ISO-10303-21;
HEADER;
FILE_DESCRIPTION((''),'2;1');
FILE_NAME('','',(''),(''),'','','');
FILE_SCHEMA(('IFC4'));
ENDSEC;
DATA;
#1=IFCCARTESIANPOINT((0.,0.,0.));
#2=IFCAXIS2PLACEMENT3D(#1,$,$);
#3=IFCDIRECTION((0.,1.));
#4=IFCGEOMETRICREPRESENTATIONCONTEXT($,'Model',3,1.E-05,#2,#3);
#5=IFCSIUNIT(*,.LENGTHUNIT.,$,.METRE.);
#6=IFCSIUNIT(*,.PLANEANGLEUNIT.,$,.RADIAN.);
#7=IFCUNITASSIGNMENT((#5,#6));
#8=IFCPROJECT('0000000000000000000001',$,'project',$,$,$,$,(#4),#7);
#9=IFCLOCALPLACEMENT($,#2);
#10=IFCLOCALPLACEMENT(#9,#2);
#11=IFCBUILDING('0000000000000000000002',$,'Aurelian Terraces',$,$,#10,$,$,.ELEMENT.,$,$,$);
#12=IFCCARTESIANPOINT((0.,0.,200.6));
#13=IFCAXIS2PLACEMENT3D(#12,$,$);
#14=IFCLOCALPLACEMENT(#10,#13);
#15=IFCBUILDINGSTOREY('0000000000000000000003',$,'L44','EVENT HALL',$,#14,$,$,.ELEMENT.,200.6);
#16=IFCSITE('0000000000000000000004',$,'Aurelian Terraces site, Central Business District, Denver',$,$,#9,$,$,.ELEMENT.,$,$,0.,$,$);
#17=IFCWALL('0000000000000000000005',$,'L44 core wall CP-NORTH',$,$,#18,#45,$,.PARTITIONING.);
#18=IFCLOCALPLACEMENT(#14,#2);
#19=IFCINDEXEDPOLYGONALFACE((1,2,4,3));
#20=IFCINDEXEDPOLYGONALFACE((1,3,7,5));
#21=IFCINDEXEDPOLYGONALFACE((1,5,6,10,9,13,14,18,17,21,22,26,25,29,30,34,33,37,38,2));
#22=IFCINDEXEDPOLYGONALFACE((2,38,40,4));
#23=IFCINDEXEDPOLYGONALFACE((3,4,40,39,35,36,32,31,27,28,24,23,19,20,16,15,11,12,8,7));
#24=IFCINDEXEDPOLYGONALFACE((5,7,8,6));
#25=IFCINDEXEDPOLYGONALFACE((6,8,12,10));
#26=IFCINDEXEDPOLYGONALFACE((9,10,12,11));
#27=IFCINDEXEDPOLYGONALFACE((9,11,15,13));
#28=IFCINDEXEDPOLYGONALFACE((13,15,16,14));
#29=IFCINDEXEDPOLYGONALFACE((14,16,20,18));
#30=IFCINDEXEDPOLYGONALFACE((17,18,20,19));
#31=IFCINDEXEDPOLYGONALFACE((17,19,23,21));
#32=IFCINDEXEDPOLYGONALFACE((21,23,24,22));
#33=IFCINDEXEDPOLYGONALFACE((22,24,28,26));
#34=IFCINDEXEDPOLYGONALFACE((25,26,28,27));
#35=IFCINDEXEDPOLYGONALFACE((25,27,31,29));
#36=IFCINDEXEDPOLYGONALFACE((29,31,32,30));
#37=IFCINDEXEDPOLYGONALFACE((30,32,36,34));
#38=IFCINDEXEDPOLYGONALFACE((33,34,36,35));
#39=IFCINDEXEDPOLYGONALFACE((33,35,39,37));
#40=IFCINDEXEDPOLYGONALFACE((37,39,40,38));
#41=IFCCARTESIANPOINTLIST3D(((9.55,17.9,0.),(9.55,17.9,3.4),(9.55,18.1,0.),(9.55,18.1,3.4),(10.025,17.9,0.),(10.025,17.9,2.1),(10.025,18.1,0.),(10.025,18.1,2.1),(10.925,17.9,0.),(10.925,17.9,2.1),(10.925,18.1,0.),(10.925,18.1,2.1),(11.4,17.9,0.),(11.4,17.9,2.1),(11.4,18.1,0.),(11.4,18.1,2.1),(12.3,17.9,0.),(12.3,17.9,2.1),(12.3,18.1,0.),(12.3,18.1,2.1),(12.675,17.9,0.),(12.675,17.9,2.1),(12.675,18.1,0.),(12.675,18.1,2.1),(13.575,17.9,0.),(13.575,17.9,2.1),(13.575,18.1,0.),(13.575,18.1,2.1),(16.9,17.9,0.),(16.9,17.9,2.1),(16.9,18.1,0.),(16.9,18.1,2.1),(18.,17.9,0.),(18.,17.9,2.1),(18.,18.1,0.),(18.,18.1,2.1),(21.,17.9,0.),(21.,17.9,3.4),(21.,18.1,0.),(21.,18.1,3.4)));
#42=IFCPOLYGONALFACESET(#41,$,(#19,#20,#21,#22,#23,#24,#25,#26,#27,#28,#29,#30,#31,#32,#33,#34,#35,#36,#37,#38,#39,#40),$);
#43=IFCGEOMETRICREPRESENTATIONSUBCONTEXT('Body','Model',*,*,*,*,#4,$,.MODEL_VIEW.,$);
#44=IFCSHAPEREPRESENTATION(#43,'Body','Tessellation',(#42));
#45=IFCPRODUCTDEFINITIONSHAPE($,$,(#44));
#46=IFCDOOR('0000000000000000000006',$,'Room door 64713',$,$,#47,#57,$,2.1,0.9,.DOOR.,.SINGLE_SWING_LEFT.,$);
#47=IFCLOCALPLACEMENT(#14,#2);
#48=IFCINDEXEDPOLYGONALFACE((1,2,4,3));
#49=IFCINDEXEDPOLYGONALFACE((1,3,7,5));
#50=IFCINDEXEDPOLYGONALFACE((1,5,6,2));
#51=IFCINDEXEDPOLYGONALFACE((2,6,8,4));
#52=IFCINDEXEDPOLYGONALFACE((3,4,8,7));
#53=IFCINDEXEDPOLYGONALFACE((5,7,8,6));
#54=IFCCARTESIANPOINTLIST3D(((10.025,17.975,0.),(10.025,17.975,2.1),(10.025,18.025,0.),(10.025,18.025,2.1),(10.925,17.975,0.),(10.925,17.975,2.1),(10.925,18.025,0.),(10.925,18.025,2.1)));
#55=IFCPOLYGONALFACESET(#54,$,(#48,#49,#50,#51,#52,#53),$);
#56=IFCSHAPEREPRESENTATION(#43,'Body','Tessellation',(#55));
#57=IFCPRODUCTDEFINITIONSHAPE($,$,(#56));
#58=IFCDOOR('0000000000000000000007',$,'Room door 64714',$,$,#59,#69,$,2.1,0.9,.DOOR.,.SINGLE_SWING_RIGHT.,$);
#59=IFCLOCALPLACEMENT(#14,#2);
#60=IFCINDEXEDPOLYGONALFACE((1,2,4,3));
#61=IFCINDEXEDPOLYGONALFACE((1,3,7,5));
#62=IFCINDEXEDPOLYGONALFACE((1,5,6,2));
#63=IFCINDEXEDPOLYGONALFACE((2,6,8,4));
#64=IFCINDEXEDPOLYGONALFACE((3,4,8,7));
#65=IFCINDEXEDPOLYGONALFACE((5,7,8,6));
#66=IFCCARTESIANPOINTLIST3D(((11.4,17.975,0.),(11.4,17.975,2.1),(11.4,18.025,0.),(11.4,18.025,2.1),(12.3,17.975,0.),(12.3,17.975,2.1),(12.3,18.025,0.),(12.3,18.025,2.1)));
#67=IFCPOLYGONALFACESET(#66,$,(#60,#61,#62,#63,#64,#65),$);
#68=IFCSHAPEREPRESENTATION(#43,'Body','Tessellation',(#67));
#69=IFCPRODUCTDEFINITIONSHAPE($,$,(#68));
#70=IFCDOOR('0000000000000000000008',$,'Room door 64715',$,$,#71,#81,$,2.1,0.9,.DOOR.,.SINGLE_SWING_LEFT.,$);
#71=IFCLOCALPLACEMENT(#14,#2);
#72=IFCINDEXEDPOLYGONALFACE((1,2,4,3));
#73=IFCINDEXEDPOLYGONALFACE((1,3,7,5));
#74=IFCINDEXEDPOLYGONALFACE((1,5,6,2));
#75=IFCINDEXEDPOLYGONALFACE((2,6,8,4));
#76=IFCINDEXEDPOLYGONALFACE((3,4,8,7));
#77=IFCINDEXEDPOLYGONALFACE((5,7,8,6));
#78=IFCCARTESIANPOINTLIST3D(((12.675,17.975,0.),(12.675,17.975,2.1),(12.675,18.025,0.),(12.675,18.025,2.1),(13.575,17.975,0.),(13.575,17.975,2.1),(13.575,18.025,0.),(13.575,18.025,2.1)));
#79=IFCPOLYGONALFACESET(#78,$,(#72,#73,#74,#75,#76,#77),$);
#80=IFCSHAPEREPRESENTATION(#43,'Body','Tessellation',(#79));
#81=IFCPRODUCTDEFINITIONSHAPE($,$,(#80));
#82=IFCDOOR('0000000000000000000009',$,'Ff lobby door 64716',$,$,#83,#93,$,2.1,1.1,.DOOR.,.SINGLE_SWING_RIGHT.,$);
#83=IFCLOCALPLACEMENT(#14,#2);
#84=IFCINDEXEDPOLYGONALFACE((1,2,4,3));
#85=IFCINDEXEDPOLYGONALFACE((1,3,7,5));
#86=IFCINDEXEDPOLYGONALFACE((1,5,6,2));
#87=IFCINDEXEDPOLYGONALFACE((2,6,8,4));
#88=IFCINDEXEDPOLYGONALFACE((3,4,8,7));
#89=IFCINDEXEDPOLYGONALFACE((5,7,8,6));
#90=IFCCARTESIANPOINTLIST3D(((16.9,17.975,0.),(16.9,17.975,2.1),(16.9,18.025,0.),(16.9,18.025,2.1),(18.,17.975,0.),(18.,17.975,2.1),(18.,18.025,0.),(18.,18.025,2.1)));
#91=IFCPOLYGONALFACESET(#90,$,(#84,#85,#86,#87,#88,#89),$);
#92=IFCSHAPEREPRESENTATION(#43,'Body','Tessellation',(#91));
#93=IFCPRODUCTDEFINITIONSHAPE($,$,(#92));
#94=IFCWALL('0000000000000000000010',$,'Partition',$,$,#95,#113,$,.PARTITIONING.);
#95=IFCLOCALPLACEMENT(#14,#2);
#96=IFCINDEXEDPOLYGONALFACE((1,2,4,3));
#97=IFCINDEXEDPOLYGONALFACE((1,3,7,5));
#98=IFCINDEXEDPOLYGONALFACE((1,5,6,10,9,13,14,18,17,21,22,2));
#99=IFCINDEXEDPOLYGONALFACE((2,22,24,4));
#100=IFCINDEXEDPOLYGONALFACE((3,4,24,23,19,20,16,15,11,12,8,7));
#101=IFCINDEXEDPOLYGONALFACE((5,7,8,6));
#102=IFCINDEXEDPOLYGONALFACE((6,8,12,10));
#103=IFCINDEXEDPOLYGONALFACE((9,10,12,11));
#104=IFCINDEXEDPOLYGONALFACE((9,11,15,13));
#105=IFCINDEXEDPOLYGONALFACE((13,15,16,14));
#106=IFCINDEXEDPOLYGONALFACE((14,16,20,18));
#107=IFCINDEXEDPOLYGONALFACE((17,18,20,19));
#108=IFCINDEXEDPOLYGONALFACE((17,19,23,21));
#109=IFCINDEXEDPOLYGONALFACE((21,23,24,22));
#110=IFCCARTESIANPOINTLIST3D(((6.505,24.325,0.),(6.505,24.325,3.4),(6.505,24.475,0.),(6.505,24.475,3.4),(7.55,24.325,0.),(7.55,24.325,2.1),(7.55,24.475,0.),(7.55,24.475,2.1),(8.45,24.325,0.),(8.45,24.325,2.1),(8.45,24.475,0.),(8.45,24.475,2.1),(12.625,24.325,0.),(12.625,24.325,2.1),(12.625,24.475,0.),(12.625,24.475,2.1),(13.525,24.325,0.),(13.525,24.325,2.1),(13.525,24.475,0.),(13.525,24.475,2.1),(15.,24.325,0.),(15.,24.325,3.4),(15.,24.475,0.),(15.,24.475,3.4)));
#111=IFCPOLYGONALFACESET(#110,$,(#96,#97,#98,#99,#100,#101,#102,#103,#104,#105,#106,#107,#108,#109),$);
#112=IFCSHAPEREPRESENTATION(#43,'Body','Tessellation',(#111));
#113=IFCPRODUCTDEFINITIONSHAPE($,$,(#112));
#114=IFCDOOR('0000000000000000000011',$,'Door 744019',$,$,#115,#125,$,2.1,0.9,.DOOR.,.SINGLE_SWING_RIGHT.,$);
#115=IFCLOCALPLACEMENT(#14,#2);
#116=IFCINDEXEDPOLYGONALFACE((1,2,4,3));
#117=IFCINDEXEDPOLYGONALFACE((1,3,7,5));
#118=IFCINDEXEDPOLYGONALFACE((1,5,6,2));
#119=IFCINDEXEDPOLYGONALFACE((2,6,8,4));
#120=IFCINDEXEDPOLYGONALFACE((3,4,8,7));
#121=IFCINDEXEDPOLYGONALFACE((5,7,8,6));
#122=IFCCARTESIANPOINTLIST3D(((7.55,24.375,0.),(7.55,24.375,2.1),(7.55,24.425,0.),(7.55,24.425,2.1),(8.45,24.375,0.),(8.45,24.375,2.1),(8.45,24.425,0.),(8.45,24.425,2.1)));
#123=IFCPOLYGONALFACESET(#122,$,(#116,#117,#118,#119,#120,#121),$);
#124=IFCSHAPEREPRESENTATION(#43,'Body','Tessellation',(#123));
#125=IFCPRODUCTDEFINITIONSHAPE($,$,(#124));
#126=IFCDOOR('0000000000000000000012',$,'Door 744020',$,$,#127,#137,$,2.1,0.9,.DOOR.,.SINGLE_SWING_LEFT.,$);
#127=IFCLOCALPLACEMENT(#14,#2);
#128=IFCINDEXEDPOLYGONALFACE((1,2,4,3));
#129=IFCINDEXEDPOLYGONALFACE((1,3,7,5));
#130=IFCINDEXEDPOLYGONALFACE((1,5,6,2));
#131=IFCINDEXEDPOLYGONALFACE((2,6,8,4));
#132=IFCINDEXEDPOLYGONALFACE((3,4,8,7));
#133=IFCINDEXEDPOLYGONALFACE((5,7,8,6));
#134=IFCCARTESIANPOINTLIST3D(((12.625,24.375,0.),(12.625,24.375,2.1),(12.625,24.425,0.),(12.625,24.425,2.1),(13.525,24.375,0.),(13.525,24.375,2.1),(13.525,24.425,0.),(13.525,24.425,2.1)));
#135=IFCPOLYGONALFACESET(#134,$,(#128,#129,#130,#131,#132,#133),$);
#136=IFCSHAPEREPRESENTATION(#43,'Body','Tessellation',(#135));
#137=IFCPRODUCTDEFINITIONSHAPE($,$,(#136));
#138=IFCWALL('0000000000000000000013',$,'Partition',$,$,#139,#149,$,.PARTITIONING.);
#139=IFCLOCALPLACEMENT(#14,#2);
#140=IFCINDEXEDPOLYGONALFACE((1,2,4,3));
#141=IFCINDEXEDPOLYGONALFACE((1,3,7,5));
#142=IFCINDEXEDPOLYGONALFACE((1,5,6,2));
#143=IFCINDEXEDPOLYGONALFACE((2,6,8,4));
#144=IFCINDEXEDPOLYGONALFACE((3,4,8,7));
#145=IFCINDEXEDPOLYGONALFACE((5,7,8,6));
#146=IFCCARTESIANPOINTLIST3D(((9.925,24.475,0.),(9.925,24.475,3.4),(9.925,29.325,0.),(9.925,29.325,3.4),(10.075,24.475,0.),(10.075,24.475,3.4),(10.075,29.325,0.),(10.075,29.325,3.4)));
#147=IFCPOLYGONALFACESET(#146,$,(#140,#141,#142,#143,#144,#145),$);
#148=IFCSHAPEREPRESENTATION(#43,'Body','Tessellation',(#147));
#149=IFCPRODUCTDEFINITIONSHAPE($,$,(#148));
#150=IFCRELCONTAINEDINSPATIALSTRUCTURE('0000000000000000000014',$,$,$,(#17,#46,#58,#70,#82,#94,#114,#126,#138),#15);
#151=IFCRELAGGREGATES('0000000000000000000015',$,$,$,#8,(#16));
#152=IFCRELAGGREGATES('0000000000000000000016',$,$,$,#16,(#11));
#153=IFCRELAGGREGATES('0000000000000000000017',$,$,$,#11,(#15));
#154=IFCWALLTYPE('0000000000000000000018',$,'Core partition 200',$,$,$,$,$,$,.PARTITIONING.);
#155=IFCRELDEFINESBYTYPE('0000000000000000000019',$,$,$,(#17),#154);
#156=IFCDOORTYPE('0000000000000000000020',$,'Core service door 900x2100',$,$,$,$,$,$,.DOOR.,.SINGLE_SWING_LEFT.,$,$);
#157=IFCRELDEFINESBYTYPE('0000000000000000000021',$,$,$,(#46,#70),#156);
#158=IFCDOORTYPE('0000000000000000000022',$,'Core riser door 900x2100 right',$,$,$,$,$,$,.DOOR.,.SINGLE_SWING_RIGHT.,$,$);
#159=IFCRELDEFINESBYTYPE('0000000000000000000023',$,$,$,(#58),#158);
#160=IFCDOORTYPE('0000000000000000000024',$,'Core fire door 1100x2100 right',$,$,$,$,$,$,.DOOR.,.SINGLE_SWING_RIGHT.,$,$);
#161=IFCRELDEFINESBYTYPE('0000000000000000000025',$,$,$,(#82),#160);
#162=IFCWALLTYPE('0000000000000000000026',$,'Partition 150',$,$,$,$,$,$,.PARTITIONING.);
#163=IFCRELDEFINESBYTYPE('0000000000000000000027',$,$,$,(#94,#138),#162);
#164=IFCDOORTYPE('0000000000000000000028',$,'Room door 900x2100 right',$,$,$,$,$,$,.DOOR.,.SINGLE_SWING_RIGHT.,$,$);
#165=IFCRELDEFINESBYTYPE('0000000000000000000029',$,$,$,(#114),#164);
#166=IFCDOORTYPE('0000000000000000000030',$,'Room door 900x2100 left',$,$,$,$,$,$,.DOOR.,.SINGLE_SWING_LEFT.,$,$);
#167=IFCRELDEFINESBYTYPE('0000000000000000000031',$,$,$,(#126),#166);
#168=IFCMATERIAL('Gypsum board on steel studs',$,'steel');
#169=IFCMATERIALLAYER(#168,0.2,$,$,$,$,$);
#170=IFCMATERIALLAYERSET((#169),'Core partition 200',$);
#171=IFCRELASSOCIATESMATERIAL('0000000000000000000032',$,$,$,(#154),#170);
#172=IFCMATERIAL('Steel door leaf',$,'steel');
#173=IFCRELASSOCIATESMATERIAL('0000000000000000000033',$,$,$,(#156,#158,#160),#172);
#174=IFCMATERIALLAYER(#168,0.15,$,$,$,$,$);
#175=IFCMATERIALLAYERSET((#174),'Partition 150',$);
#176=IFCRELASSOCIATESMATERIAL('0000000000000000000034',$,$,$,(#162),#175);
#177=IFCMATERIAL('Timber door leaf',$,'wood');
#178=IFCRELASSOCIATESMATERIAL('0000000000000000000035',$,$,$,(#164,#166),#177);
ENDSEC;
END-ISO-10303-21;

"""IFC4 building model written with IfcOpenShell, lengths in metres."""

from ifc_helpers import new_model, si_unit, direction, frame, frame_2d, origin, place, context, subcontext, project, spatial, rectangle, extrude, source, transform, mapped, material, layer, layer_set, type_object, element, fill, save


model = new_model("IFC4")

# Units and contexts
model_context = context("Model", 3, precision=1e-05, world=origin(), true_north=direction((0.0, 1.0)))
body_context = subcontext(model_context, "Body", "Model", "MODEL_VIEW")
ifc_project = project(units=[si_unit("LENGTHUNIT", "METRE"), si_unit("PLANEANGLEUNIT", "RADIAN")], contexts=[model_context])

# Site, building, storey
site_placement = place(None, origin())
site = spatial("IfcSite", under=ifc_project, at=site_placement, Name="Aurelian Terraces site, Central Business District, Denver", CompositionType="ELEMENT", RefElevation=0.0)
building_placement = place(site_placement, origin())
building = spatial("IfcBuilding", under=site, at=building_placement, Name="Aurelian Terraces", CompositionType="ELEMENT")
storey_placement = place(building_placement, frame((0.0, 0.0, 200.6)))
storey = spatial("IfcBuildingStorey", under=building, at=storey_placement, Name="L44", Description="EVENT HALL", CompositionType="ELEMENT", Elevation=200.6)

# Shared definitions
ifc_material_1 = material(Name="Steel door leaf", Category="steel")

# Walls, openings, doors
ifc_material_2 = material(Name="Gypsum board on steel studs", Category="steel")
ifc_layer_1 = layer(ifc_material_2, 0.2)
ifc_layer_set_1 = layer_set([ifc_layer_1], Name="Core partition 200")
wall_type_1 = type_object("IfcWallType", Name="Core partition 200", PredefinedType="PARTITIONING", material=ifc_layer_set_1)
shared_shape_1 = source(origin(), body_context, "Body", "SweptSolid", [
    extrude(rectangle(XDim=11.45, YDim=0.2, at=frame_2d((5.725, 0.0))), origin(), (0.0, 0.0, 1.0), 3.4),
])
wall_1_placement = place(storey_placement, frame((9.55, 18.0, 0.0), z_axis=(0.0, 0.0, 1.0), x_axis=(1.0, 0.0, 0.0)))
wall_1 = element("IfcWall", 1, at=wall_1_placement, inside=storey, type_object=wall_type_1, Name="L44 core wall CP-NORTH", PredefinedType="PARTITIONING", context=body_context, shape_type="MappedRepresentation", body=[
    mapped(shared_shape_1, transform((0.0, 0.0, 0.0), scale=1.0)),
])
shared_shape_2 = source(origin(), body_context, "Body", "SweptSolid", [
    extrude(rectangle(XDim=0.9, YDim=2.1, at=frame_2d((0.45, 1.05))), frame((0.0, 0.11, 0.0), z_axis=(0.0, -1.0, 0.0), x_axis=(1.0, 0.0, 0.0)), (0.0, 0.0, 1.0), 0.22),
])
opening_1_placement = place(wall_1_placement, frame((0.475, 0.0, 0.0)))
opening_1 = element("IfcOpeningElement", 2, at=opening_1_placement, cuts=wall_1, PredefinedType="OPENING", context=body_context, shape_type="MappedRepresentation", body=[
    mapped(shared_shape_2, transform((0.0, 0.0, 0.0), scale=1.0)),
])
opening_2_placement = place(wall_1_placement, frame((1.85, 0.0, 0.0)))
opening_2 = element("IfcOpeningElement", 3, at=opening_2_placement, cuts=wall_1, PredefinedType="OPENING", context=body_context, shape_type="MappedRepresentation", body=[
    mapped(shared_shape_2, transform((0.0, 0.0, 0.0), scale=1.0)),
])
opening_3_placement = place(wall_1_placement, frame((3.125, 0.0, 0.0)))
opening_3 = element("IfcOpeningElement", 4, at=opening_3_placement, cuts=wall_1, PredefinedType="OPENING", context=body_context, shape_type="MappedRepresentation", body=[
    mapped(shared_shape_2, transform((0.0, 0.0, 0.0), scale=1.0)),
])
shared_shape_3 = source(origin(), body_context, "Body", "SweptSolid", [
    extrude(rectangle(XDim=1.1, YDim=2.1, at=frame_2d((0.55, 1.05))), frame((0.0, 0.11, 0.0), z_axis=(0.0, -1.0, 0.0), x_axis=(1.0, 0.0, 0.0)), (0.0, 0.0, 1.0), 0.22),
])
opening_4_placement = place(wall_1_placement, frame((7.35, 0.0, 0.0)))
opening_4 = element("IfcOpeningElement", 5, at=opening_4_placement, cuts=wall_1, PredefinedType="OPENING", context=body_context, shape_type="MappedRepresentation", body=[
    mapped(shared_shape_3, transform((0.0, 0.0, 0.0), scale=1.0)),
])
door_type_1 = type_object("IfcDoorType", Name="Core service door 900x2100", OperationType="SINGLE_SWING_LEFT", PredefinedType="DOOR", material=ifc_material_1)
shared_shape_4 = source(origin(), body_context, "Body", "SweptSolid", [
    extrude(rectangle(XDim=0.9, YDim=2.1, at=frame_2d((0.45, 1.05))), frame((0.0, 0.025, 0.0), z_axis=(0.0, -1.0, 0.0), x_axis=(1.0, 0.0, 0.0)), (0.0, 0.0, 1.0), 0.05),
])
door_1_placement = place(opening_1_placement, origin())
door_1 = element("IfcDoor", 6, at=door_1_placement, inside=storey, type_object=door_type_1, Name="Room door 64713", OperationType="SINGLE_SWING_LEFT", OverallHeight=2.1, OverallWidth=0.9, PredefinedType="DOOR", context=body_context, shape_type="MappedRepresentation", body=[
    mapped(shared_shape_4, transform((0.0, 0.0, 0.0), scale=1.0)),
])
fill(opening_1, door_1)
door_type_2 = type_object("IfcDoorType", Name="Core riser door 900x2100 right", OperationType="SINGLE_SWING_RIGHT", PredefinedType="DOOR", material=ifc_material_1)
door_2_placement = place(opening_2_placement, origin())
door_2 = element("IfcDoor", 7, at=door_2_placement, inside=storey, type_object=door_type_2, Name="Room door 64714", OperationType="SINGLE_SWING_RIGHT", OverallHeight=2.1, OverallWidth=0.9, PredefinedType="DOOR", context=body_context, shape_type="MappedRepresentation", body=[
    mapped(shared_shape_4, transform((0.0, 0.0, 0.0), scale=1.0)),
])
fill(opening_2, door_2)
door_3_placement = place(opening_3_placement, origin())
door_3 = element("IfcDoor", 8, at=door_3_placement, inside=storey, type_object=door_type_1, Name="Room door 64715", OperationType="SINGLE_SWING_LEFT", OverallHeight=2.1, OverallWidth=0.9, PredefinedType="DOOR", context=body_context, shape_type="MappedRepresentation", body=[
    mapped(shared_shape_4, transform((0.0, 0.0, 0.0), scale=1.0)),
])
fill(opening_3, door_3)
door_type_3 = type_object("IfcDoorType", Name="Core fire door 1100x2100 right", OperationType="SINGLE_SWING_RIGHT", PredefinedType="DOOR", material=ifc_material_1)
shared_shape_5 = source(origin(), body_context, "Body", "SweptSolid", [
    extrude(rectangle(XDim=1.1, YDim=2.1, at=frame_2d((0.55, 1.05))), frame((0.0, 0.025, 0.0), z_axis=(0.0, -1.0, 0.0), x_axis=(1.0, 0.0, 0.0)), (0.0, 0.0, 1.0), 0.05),
])
door_4_placement = place(opening_4_placement, origin())
door_4 = element("IfcDoor", 9, at=door_4_placement, inside=storey, type_object=door_type_3, Name="Ff lobby door 64716", OperationType="SINGLE_SWING_RIGHT", OverallHeight=2.1, OverallWidth=1.1, PredefinedType="DOOR", context=body_context, shape_type="MappedRepresentation", body=[
    mapped(shared_shape_5, transform((0.0, 0.0, 0.0), scale=1.0)),
])
fill(opening_4, door_4)
ifc_layer_2 = layer(ifc_material_2, 0.15)
ifc_layer_set_2 = layer_set([ifc_layer_2], Name="Partition 150")
wall_type_2 = type_object("IfcWallType", Name="Partition 150", PredefinedType="PARTITIONING", material=ifc_layer_set_2)
shared_shape_6 = source(origin(), body_context, "Body", "SweptSolid", [
    extrude(rectangle(XDim=8.495, YDim=0.15, at=frame_2d((4.2475, 0.0))), origin(), (0.0, 0.0, 1.0), 3.4),
])
wall_2_placement = place(storey_placement, frame((6.505, 24.4, 0.0), z_axis=(0.0, 0.0, 1.0), x_axis=(1.0, 0.0, 0.0)))
wall_2 = element("IfcWall", 10, at=wall_2_placement, inside=storey, type_object=wall_type_2, Name="Partition", PredefinedType="PARTITIONING", context=body_context, shape_type="MappedRepresentation", body=[
    mapped(shared_shape_6, transform((0.0, 0.0, 0.0), scale=1.0)),
])
shared_shape_7 = source(origin(), body_context, "Body", "SweptSolid", [
    extrude(rectangle(XDim=0.9, YDim=2.1, at=frame_2d((0.45, 1.05))), frame((0.0, 0.085, 0.0), z_axis=(0.0, -1.0, 0.0), x_axis=(1.0, 0.0, 0.0)), (0.0, 0.0, 1.0), 0.17),
])
opening_5_placement = place(wall_2_placement, frame((1.045, 0.0, 0.0)))
opening_5 = element("IfcOpeningElement", 11, at=opening_5_placement, cuts=wall_2, PredefinedType="OPENING", context=body_context, shape_type="MappedRepresentation", body=[
    mapped(shared_shape_7, transform((0.0, 0.0, 0.0), scale=1.0)),
])
opening_6_placement = place(wall_2_placement, frame((6.12, 0.0, 0.0)))
opening_6 = element("IfcOpeningElement", 12, at=opening_6_placement, cuts=wall_2, PredefinedType="OPENING", context=body_context, shape_type="MappedRepresentation", body=[
    mapped(shared_shape_7, transform((0.0, 0.0, 0.0), scale=1.0)),
])
ifc_material_3 = material(Name="Timber door leaf", Category="wood")
door_type_4 = type_object("IfcDoorType", Name="Room door 900x2100 right", OperationType="SINGLE_SWING_RIGHT", PredefinedType="DOOR", material=ifc_material_3)
door_5_placement = place(opening_5_placement, origin())
door_5 = element("IfcDoor", 13, at=door_5_placement, inside=storey, type_object=door_type_4, Name="Door 744019", OperationType="SINGLE_SWING_RIGHT", OverallHeight=2.1, OverallWidth=0.9, PredefinedType="DOOR", context=body_context, shape_type="MappedRepresentation", body=[
    mapped(shared_shape_4, transform((0.0, 0.0, 0.0), scale=1.0)),
])
fill(opening_5, door_5)
door_type_5 = type_object("IfcDoorType", Name="Room door 900x2100 left", OperationType="SINGLE_SWING_LEFT", PredefinedType="DOOR", material=ifc_material_3)
door_6_placement = place(opening_6_placement, origin())
door_6 = element("IfcDoor", 14, at=door_6_placement, inside=storey, type_object=door_type_5, Name="Door 744020", OperationType="SINGLE_SWING_LEFT", OverallHeight=2.1, OverallWidth=0.9, PredefinedType="DOOR", context=body_context, shape_type="MappedRepresentation", body=[
    mapped(shared_shape_4, transform((0.0, 0.0, 0.0), scale=1.0)),
])
fill(opening_6, door_6)

# Wall
shared_shape_8 = source(origin(), body_context, "Body", "SweptSolid", [
    extrude(rectangle(XDim=4.85, YDim=0.15, at=frame_2d((2.425, 0.0))), origin(), (0.0, 0.0, 1.0), 3.4),
])
wall_3_placement = place(storey_placement, frame((10.0, 24.475, 0.0), z_axis=(0.0, 0.0, 1.0), x_axis=(0.0, 1.0, 0.0)))
element("IfcWall", 15, at=wall_3_placement, inside=storey, type_object=wall_type_2, Name="Partition", PredefinedType="PARTITIONING", context=body_context, shape_type="MappedRepresentation", body=[
    mapped(shared_shape_8, transform((0.0, 0.0, 0.0), scale=1.0)),
])

save(model, "model.ifc")
